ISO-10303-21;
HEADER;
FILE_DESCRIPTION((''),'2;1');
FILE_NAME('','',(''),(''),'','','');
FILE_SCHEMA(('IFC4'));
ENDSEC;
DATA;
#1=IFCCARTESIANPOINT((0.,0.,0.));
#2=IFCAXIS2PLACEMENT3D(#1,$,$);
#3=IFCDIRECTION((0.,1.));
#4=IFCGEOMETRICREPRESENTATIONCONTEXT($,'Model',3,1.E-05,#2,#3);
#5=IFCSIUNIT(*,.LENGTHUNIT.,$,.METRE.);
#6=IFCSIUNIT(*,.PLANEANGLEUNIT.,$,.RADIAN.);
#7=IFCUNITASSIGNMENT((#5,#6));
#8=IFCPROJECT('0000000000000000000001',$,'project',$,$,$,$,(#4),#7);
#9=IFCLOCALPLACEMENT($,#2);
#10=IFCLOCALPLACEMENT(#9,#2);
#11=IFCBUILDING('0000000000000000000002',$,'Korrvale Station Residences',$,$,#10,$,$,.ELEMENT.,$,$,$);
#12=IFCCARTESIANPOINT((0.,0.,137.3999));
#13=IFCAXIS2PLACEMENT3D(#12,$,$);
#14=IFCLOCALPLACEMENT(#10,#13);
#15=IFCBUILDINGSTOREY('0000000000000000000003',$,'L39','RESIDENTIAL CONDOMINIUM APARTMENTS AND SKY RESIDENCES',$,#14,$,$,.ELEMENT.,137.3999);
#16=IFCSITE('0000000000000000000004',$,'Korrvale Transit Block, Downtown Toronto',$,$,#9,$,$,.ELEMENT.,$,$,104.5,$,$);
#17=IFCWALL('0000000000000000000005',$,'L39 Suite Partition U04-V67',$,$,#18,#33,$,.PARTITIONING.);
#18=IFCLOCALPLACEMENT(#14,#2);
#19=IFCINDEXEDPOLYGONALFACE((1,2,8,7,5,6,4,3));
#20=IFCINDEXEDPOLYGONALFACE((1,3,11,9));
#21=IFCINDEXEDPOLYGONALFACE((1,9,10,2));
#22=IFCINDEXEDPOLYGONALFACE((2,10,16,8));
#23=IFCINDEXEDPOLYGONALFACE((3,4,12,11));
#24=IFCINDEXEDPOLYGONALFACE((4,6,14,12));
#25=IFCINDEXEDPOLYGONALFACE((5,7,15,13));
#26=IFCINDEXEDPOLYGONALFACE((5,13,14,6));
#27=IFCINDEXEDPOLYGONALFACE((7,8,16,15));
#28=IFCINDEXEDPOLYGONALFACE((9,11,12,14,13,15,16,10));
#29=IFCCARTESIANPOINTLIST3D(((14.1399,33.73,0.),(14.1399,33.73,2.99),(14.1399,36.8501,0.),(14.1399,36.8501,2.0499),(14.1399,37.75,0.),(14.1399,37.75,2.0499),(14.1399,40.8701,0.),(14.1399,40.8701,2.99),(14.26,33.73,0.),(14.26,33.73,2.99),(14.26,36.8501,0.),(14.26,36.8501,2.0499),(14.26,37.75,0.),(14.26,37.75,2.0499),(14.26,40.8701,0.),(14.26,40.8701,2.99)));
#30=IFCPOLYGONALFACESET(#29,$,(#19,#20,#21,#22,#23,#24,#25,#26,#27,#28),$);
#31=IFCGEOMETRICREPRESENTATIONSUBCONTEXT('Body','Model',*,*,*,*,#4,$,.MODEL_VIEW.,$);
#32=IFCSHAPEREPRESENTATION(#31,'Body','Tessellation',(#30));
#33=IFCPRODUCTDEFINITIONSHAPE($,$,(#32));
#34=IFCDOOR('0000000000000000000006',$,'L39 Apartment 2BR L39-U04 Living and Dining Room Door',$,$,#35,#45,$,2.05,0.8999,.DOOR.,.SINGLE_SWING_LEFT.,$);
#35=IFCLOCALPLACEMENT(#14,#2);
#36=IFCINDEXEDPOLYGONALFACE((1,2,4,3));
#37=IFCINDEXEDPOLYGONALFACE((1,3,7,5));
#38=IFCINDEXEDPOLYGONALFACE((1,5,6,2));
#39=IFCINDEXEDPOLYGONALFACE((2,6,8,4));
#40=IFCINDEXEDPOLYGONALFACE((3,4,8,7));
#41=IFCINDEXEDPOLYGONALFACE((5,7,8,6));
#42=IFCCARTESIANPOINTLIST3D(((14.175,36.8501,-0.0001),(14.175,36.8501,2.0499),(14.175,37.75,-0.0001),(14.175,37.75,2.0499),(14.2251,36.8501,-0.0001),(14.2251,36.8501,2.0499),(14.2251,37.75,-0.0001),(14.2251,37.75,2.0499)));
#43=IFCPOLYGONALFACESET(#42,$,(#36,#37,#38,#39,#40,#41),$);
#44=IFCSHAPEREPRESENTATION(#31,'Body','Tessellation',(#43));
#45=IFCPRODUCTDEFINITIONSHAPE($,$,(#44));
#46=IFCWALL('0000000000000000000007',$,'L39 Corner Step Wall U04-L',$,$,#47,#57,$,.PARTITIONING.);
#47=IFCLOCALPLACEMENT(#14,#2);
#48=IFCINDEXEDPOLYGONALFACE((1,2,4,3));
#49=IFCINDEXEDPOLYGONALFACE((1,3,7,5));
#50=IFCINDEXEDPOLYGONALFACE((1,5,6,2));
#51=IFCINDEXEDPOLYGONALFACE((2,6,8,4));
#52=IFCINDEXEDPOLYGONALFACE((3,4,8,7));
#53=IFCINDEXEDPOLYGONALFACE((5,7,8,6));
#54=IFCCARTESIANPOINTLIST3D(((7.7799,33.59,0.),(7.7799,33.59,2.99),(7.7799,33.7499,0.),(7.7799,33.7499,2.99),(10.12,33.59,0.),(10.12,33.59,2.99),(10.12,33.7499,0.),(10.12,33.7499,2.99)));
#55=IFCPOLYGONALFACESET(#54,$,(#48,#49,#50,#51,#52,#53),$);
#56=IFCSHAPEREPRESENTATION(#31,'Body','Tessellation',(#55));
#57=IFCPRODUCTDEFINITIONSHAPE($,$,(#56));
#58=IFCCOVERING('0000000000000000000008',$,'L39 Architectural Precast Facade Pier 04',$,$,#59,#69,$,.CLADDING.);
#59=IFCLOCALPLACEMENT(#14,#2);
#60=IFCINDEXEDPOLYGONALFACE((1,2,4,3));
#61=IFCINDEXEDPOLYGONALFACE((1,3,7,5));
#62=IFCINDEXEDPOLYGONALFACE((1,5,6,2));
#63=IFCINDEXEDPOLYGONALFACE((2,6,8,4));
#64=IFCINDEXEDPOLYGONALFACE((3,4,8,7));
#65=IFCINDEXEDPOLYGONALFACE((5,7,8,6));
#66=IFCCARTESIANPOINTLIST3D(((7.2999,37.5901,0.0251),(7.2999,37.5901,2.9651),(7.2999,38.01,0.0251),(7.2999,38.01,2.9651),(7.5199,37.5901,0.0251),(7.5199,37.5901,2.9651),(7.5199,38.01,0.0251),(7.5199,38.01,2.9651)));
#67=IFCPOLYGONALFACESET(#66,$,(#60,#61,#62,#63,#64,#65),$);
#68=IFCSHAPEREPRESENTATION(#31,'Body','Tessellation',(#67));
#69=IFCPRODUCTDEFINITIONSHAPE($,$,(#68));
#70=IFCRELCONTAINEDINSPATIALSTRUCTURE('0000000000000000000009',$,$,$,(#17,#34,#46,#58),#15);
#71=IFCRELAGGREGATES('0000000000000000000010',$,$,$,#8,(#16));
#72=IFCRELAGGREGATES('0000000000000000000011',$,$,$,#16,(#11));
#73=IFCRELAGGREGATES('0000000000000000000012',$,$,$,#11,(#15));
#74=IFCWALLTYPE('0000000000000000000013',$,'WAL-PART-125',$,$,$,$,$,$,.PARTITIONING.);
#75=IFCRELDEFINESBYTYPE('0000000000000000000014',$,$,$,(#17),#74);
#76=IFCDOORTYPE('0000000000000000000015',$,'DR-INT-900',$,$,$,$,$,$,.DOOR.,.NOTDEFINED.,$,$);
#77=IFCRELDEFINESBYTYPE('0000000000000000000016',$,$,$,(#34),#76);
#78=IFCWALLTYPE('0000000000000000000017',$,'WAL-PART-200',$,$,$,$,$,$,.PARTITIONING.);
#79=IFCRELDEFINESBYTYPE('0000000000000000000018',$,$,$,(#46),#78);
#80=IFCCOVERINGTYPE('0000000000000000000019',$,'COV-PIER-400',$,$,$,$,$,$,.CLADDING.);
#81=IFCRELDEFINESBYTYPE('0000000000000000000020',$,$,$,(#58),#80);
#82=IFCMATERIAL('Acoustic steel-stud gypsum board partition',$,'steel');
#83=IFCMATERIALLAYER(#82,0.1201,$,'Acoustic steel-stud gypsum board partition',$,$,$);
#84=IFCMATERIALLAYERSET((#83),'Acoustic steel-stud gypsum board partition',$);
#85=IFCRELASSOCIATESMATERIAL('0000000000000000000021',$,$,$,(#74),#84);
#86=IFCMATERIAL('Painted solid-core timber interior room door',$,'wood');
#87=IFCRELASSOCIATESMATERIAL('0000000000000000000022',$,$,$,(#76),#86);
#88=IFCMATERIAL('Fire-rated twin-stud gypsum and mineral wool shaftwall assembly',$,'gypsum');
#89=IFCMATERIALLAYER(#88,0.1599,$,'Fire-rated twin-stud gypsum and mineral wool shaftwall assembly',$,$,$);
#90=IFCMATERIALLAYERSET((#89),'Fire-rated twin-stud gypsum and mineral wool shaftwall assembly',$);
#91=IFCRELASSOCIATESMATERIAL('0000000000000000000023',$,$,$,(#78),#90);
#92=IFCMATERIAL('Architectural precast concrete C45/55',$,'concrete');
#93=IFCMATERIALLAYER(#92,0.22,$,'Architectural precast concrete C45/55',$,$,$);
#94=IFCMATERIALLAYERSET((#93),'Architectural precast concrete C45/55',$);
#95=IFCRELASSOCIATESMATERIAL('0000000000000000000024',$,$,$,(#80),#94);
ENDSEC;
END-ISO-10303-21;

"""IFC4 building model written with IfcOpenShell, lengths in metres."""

from ifc_helpers import new_model, si_unit, direction, frame, frame_2d, origin, origin_2d, place, context, subcontext, project, spatial, rectangle, extrude, material, layer, layer_set, type_object, element, fill, save


model = new_model("IFC4")

# Units and contexts
model_context = context("Model", 3, precision=1e-05, world=origin(), true_north=direction((0.0, 1.0)))
body_context = subcontext(model_context, "Body", "Model", "MODEL_VIEW")
ifc_project = project(units=[si_unit("LENGTHUNIT", "METRE"), si_unit("PLANEANGLEUNIT", "RADIAN")], contexts=[model_context])

# Site, building, storey
site_placement = place(None, origin())
site = spatial("IfcSite", under=ifc_project, at=site_placement, Name="Korrvale Transit Block, Downtown Toronto", CompositionType="ELEMENT", RefElevation=104.5)
building_placement = place(site_placement, origin())
building = spatial("IfcBuilding", under=site, at=building_placement, Name="Korrvale Station Residences", CompositionType="ELEMENT")
storey_placement = place(building_placement, frame((0.0, 0.0, 137.3999)))
storey = spatial("IfcBuildingStorey", under=building, at=storey_placement, Name="L39", Description="RESIDENTIAL CONDOMINIUM APARTMENTS AND SKY RESIDENCES", CompositionType="ELEMENT", Elevation=137.3999)

# Shared definitions
ifc_material_1 = material(Name="Acoustic steel-stud gypsum board partition", Category="steel")
ifc_layer_1 = layer(ifc_material_1, 0.1201, Name="Acoustic steel-stud gypsum board partition")
ifc_layer_set_1 = layer_set([ifc_layer_1], Name="Acoustic steel-stud gypsum board partition")
wall_type_1 = type_object("IfcWallType", Name="WAL-PART-125", PredefinedType="PARTITIONING", material=ifc_layer_set_1)

# Wall, opening, door
ifc_material_2 = material(Name="Painted solid-core timber interior room door", Category="wood")
door_type_1 = type_object("IfcDoorType", Name="DR-INT-900", OperationType="NOTDEFINED", PredefinedType="DOOR", material=ifc_material_2)
wall_1_placement = place(storey_placement, frame((14.2, 33.73, 0.0), z_axis=(0.0, 0.0, 1.0), x_axis=(0.0, 1.0, 0.0)))
wall_1 = element("IfcWall", 1, at=wall_1_placement, inside=storey, type_object=wall_type_1, Name="L39 Suite Partition U04-V67", PredefinedType="PARTITIONING", context=body_context, shape_type="SweptSolid", body=[
    extrude(rectangle(XDim=7.1401, YDim=0.1201, at=frame_2d((3.5701, 0.0))), origin(), (0.0, 0.0, 1.0), 2.99),
])
opening_1_placement = place(wall_1_placement, frame((3.1201, 0.0, 0.0)))
opening_1 = element("IfcOpeningElement", 2, at=opening_1_placement, cuts=wall_1, PredefinedType="OPENING", context=body_context, shape_type="SweptSolid", body=[
    extrude(rectangle(XDim=0.8999, YDim=2.05, at=frame_2d((0.45, 1.0249))), frame((0.0, 0.0701, 0.0), z_axis=(0.0, -1.0, 0.0), x_axis=(1.0, 0.0, 0.0)), (0.0, 0.0, 1.0), 0.1401),
])
door_1_placement = place(opening_1_placement, origin())
door_1 = element("IfcDoor", 3, at=door_1_placement, inside=storey, type_object=door_type_1, Name="L39 Apartment 2BR L39-U04 Living and Dining Room Door", OperationType="SINGLE_SWING_LEFT", OverallHeight=2.05, OverallWidth=0.8999, PredefinedType="DOOR", context=body_context, shape_type="SweptSolid", body=[
    extrude(rectangle(XDim=0.8999, YDim=2.05, at=frame_2d((0.45, 1.0249))), frame((0.0, 0.0249, 0.0), z_axis=(0.0, -1.0, 0.0), x_axis=(1.0, 0.0, 0.0)), (0.0, 0.0, 1.0), 0.05),
])
fill(opening_1, door_1)

# Wall
ifc_material_3 = material(Name="Fire-rated twin-stud gypsum and mineral wool shaftwall assembly", Category="gypsum")
ifc_layer_2 = layer(ifc_material_3, 0.1599, Name="Fire-rated twin-stud gypsum and mineral wool shaftwall assembly")
ifc_layer_set_2 = layer_set([ifc_layer_2], Name="Fire-rated twin-stud gypsum and mineral wool shaftwall assembly")
wall_type_2 = type_object("IfcWallType", Name="WAL-PART-200", PredefinedType="PARTITIONING", material=ifc_layer_set_2)
wall_2_placement = place(storey_placement, frame((7.78, 33.6699, 0.0), z_axis=(0.0, 0.0, 1.0), x_axis=(1.0, 0.0, 0.0)))
element("IfcWall", 4, at=wall_2_placement, inside=storey, type_object=wall_type_2, Name="L39 Corner Step Wall U04-L", PredefinedType="PARTITIONING", context=body_context, shape_type="SweptSolid", body=[
    extrude(rectangle(XDim=2.3401, YDim=0.1599, at=frame_2d((1.1699, 0.0))), origin(), (0.0, 0.0, 1.0), 2.99),
])

# Covering
ifc_material_4 = material(Name="Architectural precast concrete C45/55", Category="concrete")
ifc_layer_3 = layer(ifc_material_4, 0.22, Name="Architectural precast concrete C45/55")
ifc_layer_set_3 = layer_set([ifc_layer_3], Name="Architectural precast concrete C45/55")
covering_type = type_object("IfcCoveringType", Name="COV-PIER-400", PredefinedType="CLADDING", material=ifc_layer_set_3)
covering_placement = place(storey_placement, frame((7.4099, 37.8, 0.0251), z_axis=(0.0, 0.0, 1.0), x_axis=(0.0, 1.0, 0.0)))
element("IfcCovering", 5, at=covering_placement, inside=storey, type_object=covering_type, Name="L39 Architectural Precast Facade Pier 04", PredefinedType="CLADDING", context=body_context, shape_type="SweptSolid", body=[
    extrude(rectangle(XDim=0.4199, YDim=0.22, at=origin_2d()), origin(), (0.0, 0.0, 1.0), 2.9399),
])

save(model, "model.ifc")
